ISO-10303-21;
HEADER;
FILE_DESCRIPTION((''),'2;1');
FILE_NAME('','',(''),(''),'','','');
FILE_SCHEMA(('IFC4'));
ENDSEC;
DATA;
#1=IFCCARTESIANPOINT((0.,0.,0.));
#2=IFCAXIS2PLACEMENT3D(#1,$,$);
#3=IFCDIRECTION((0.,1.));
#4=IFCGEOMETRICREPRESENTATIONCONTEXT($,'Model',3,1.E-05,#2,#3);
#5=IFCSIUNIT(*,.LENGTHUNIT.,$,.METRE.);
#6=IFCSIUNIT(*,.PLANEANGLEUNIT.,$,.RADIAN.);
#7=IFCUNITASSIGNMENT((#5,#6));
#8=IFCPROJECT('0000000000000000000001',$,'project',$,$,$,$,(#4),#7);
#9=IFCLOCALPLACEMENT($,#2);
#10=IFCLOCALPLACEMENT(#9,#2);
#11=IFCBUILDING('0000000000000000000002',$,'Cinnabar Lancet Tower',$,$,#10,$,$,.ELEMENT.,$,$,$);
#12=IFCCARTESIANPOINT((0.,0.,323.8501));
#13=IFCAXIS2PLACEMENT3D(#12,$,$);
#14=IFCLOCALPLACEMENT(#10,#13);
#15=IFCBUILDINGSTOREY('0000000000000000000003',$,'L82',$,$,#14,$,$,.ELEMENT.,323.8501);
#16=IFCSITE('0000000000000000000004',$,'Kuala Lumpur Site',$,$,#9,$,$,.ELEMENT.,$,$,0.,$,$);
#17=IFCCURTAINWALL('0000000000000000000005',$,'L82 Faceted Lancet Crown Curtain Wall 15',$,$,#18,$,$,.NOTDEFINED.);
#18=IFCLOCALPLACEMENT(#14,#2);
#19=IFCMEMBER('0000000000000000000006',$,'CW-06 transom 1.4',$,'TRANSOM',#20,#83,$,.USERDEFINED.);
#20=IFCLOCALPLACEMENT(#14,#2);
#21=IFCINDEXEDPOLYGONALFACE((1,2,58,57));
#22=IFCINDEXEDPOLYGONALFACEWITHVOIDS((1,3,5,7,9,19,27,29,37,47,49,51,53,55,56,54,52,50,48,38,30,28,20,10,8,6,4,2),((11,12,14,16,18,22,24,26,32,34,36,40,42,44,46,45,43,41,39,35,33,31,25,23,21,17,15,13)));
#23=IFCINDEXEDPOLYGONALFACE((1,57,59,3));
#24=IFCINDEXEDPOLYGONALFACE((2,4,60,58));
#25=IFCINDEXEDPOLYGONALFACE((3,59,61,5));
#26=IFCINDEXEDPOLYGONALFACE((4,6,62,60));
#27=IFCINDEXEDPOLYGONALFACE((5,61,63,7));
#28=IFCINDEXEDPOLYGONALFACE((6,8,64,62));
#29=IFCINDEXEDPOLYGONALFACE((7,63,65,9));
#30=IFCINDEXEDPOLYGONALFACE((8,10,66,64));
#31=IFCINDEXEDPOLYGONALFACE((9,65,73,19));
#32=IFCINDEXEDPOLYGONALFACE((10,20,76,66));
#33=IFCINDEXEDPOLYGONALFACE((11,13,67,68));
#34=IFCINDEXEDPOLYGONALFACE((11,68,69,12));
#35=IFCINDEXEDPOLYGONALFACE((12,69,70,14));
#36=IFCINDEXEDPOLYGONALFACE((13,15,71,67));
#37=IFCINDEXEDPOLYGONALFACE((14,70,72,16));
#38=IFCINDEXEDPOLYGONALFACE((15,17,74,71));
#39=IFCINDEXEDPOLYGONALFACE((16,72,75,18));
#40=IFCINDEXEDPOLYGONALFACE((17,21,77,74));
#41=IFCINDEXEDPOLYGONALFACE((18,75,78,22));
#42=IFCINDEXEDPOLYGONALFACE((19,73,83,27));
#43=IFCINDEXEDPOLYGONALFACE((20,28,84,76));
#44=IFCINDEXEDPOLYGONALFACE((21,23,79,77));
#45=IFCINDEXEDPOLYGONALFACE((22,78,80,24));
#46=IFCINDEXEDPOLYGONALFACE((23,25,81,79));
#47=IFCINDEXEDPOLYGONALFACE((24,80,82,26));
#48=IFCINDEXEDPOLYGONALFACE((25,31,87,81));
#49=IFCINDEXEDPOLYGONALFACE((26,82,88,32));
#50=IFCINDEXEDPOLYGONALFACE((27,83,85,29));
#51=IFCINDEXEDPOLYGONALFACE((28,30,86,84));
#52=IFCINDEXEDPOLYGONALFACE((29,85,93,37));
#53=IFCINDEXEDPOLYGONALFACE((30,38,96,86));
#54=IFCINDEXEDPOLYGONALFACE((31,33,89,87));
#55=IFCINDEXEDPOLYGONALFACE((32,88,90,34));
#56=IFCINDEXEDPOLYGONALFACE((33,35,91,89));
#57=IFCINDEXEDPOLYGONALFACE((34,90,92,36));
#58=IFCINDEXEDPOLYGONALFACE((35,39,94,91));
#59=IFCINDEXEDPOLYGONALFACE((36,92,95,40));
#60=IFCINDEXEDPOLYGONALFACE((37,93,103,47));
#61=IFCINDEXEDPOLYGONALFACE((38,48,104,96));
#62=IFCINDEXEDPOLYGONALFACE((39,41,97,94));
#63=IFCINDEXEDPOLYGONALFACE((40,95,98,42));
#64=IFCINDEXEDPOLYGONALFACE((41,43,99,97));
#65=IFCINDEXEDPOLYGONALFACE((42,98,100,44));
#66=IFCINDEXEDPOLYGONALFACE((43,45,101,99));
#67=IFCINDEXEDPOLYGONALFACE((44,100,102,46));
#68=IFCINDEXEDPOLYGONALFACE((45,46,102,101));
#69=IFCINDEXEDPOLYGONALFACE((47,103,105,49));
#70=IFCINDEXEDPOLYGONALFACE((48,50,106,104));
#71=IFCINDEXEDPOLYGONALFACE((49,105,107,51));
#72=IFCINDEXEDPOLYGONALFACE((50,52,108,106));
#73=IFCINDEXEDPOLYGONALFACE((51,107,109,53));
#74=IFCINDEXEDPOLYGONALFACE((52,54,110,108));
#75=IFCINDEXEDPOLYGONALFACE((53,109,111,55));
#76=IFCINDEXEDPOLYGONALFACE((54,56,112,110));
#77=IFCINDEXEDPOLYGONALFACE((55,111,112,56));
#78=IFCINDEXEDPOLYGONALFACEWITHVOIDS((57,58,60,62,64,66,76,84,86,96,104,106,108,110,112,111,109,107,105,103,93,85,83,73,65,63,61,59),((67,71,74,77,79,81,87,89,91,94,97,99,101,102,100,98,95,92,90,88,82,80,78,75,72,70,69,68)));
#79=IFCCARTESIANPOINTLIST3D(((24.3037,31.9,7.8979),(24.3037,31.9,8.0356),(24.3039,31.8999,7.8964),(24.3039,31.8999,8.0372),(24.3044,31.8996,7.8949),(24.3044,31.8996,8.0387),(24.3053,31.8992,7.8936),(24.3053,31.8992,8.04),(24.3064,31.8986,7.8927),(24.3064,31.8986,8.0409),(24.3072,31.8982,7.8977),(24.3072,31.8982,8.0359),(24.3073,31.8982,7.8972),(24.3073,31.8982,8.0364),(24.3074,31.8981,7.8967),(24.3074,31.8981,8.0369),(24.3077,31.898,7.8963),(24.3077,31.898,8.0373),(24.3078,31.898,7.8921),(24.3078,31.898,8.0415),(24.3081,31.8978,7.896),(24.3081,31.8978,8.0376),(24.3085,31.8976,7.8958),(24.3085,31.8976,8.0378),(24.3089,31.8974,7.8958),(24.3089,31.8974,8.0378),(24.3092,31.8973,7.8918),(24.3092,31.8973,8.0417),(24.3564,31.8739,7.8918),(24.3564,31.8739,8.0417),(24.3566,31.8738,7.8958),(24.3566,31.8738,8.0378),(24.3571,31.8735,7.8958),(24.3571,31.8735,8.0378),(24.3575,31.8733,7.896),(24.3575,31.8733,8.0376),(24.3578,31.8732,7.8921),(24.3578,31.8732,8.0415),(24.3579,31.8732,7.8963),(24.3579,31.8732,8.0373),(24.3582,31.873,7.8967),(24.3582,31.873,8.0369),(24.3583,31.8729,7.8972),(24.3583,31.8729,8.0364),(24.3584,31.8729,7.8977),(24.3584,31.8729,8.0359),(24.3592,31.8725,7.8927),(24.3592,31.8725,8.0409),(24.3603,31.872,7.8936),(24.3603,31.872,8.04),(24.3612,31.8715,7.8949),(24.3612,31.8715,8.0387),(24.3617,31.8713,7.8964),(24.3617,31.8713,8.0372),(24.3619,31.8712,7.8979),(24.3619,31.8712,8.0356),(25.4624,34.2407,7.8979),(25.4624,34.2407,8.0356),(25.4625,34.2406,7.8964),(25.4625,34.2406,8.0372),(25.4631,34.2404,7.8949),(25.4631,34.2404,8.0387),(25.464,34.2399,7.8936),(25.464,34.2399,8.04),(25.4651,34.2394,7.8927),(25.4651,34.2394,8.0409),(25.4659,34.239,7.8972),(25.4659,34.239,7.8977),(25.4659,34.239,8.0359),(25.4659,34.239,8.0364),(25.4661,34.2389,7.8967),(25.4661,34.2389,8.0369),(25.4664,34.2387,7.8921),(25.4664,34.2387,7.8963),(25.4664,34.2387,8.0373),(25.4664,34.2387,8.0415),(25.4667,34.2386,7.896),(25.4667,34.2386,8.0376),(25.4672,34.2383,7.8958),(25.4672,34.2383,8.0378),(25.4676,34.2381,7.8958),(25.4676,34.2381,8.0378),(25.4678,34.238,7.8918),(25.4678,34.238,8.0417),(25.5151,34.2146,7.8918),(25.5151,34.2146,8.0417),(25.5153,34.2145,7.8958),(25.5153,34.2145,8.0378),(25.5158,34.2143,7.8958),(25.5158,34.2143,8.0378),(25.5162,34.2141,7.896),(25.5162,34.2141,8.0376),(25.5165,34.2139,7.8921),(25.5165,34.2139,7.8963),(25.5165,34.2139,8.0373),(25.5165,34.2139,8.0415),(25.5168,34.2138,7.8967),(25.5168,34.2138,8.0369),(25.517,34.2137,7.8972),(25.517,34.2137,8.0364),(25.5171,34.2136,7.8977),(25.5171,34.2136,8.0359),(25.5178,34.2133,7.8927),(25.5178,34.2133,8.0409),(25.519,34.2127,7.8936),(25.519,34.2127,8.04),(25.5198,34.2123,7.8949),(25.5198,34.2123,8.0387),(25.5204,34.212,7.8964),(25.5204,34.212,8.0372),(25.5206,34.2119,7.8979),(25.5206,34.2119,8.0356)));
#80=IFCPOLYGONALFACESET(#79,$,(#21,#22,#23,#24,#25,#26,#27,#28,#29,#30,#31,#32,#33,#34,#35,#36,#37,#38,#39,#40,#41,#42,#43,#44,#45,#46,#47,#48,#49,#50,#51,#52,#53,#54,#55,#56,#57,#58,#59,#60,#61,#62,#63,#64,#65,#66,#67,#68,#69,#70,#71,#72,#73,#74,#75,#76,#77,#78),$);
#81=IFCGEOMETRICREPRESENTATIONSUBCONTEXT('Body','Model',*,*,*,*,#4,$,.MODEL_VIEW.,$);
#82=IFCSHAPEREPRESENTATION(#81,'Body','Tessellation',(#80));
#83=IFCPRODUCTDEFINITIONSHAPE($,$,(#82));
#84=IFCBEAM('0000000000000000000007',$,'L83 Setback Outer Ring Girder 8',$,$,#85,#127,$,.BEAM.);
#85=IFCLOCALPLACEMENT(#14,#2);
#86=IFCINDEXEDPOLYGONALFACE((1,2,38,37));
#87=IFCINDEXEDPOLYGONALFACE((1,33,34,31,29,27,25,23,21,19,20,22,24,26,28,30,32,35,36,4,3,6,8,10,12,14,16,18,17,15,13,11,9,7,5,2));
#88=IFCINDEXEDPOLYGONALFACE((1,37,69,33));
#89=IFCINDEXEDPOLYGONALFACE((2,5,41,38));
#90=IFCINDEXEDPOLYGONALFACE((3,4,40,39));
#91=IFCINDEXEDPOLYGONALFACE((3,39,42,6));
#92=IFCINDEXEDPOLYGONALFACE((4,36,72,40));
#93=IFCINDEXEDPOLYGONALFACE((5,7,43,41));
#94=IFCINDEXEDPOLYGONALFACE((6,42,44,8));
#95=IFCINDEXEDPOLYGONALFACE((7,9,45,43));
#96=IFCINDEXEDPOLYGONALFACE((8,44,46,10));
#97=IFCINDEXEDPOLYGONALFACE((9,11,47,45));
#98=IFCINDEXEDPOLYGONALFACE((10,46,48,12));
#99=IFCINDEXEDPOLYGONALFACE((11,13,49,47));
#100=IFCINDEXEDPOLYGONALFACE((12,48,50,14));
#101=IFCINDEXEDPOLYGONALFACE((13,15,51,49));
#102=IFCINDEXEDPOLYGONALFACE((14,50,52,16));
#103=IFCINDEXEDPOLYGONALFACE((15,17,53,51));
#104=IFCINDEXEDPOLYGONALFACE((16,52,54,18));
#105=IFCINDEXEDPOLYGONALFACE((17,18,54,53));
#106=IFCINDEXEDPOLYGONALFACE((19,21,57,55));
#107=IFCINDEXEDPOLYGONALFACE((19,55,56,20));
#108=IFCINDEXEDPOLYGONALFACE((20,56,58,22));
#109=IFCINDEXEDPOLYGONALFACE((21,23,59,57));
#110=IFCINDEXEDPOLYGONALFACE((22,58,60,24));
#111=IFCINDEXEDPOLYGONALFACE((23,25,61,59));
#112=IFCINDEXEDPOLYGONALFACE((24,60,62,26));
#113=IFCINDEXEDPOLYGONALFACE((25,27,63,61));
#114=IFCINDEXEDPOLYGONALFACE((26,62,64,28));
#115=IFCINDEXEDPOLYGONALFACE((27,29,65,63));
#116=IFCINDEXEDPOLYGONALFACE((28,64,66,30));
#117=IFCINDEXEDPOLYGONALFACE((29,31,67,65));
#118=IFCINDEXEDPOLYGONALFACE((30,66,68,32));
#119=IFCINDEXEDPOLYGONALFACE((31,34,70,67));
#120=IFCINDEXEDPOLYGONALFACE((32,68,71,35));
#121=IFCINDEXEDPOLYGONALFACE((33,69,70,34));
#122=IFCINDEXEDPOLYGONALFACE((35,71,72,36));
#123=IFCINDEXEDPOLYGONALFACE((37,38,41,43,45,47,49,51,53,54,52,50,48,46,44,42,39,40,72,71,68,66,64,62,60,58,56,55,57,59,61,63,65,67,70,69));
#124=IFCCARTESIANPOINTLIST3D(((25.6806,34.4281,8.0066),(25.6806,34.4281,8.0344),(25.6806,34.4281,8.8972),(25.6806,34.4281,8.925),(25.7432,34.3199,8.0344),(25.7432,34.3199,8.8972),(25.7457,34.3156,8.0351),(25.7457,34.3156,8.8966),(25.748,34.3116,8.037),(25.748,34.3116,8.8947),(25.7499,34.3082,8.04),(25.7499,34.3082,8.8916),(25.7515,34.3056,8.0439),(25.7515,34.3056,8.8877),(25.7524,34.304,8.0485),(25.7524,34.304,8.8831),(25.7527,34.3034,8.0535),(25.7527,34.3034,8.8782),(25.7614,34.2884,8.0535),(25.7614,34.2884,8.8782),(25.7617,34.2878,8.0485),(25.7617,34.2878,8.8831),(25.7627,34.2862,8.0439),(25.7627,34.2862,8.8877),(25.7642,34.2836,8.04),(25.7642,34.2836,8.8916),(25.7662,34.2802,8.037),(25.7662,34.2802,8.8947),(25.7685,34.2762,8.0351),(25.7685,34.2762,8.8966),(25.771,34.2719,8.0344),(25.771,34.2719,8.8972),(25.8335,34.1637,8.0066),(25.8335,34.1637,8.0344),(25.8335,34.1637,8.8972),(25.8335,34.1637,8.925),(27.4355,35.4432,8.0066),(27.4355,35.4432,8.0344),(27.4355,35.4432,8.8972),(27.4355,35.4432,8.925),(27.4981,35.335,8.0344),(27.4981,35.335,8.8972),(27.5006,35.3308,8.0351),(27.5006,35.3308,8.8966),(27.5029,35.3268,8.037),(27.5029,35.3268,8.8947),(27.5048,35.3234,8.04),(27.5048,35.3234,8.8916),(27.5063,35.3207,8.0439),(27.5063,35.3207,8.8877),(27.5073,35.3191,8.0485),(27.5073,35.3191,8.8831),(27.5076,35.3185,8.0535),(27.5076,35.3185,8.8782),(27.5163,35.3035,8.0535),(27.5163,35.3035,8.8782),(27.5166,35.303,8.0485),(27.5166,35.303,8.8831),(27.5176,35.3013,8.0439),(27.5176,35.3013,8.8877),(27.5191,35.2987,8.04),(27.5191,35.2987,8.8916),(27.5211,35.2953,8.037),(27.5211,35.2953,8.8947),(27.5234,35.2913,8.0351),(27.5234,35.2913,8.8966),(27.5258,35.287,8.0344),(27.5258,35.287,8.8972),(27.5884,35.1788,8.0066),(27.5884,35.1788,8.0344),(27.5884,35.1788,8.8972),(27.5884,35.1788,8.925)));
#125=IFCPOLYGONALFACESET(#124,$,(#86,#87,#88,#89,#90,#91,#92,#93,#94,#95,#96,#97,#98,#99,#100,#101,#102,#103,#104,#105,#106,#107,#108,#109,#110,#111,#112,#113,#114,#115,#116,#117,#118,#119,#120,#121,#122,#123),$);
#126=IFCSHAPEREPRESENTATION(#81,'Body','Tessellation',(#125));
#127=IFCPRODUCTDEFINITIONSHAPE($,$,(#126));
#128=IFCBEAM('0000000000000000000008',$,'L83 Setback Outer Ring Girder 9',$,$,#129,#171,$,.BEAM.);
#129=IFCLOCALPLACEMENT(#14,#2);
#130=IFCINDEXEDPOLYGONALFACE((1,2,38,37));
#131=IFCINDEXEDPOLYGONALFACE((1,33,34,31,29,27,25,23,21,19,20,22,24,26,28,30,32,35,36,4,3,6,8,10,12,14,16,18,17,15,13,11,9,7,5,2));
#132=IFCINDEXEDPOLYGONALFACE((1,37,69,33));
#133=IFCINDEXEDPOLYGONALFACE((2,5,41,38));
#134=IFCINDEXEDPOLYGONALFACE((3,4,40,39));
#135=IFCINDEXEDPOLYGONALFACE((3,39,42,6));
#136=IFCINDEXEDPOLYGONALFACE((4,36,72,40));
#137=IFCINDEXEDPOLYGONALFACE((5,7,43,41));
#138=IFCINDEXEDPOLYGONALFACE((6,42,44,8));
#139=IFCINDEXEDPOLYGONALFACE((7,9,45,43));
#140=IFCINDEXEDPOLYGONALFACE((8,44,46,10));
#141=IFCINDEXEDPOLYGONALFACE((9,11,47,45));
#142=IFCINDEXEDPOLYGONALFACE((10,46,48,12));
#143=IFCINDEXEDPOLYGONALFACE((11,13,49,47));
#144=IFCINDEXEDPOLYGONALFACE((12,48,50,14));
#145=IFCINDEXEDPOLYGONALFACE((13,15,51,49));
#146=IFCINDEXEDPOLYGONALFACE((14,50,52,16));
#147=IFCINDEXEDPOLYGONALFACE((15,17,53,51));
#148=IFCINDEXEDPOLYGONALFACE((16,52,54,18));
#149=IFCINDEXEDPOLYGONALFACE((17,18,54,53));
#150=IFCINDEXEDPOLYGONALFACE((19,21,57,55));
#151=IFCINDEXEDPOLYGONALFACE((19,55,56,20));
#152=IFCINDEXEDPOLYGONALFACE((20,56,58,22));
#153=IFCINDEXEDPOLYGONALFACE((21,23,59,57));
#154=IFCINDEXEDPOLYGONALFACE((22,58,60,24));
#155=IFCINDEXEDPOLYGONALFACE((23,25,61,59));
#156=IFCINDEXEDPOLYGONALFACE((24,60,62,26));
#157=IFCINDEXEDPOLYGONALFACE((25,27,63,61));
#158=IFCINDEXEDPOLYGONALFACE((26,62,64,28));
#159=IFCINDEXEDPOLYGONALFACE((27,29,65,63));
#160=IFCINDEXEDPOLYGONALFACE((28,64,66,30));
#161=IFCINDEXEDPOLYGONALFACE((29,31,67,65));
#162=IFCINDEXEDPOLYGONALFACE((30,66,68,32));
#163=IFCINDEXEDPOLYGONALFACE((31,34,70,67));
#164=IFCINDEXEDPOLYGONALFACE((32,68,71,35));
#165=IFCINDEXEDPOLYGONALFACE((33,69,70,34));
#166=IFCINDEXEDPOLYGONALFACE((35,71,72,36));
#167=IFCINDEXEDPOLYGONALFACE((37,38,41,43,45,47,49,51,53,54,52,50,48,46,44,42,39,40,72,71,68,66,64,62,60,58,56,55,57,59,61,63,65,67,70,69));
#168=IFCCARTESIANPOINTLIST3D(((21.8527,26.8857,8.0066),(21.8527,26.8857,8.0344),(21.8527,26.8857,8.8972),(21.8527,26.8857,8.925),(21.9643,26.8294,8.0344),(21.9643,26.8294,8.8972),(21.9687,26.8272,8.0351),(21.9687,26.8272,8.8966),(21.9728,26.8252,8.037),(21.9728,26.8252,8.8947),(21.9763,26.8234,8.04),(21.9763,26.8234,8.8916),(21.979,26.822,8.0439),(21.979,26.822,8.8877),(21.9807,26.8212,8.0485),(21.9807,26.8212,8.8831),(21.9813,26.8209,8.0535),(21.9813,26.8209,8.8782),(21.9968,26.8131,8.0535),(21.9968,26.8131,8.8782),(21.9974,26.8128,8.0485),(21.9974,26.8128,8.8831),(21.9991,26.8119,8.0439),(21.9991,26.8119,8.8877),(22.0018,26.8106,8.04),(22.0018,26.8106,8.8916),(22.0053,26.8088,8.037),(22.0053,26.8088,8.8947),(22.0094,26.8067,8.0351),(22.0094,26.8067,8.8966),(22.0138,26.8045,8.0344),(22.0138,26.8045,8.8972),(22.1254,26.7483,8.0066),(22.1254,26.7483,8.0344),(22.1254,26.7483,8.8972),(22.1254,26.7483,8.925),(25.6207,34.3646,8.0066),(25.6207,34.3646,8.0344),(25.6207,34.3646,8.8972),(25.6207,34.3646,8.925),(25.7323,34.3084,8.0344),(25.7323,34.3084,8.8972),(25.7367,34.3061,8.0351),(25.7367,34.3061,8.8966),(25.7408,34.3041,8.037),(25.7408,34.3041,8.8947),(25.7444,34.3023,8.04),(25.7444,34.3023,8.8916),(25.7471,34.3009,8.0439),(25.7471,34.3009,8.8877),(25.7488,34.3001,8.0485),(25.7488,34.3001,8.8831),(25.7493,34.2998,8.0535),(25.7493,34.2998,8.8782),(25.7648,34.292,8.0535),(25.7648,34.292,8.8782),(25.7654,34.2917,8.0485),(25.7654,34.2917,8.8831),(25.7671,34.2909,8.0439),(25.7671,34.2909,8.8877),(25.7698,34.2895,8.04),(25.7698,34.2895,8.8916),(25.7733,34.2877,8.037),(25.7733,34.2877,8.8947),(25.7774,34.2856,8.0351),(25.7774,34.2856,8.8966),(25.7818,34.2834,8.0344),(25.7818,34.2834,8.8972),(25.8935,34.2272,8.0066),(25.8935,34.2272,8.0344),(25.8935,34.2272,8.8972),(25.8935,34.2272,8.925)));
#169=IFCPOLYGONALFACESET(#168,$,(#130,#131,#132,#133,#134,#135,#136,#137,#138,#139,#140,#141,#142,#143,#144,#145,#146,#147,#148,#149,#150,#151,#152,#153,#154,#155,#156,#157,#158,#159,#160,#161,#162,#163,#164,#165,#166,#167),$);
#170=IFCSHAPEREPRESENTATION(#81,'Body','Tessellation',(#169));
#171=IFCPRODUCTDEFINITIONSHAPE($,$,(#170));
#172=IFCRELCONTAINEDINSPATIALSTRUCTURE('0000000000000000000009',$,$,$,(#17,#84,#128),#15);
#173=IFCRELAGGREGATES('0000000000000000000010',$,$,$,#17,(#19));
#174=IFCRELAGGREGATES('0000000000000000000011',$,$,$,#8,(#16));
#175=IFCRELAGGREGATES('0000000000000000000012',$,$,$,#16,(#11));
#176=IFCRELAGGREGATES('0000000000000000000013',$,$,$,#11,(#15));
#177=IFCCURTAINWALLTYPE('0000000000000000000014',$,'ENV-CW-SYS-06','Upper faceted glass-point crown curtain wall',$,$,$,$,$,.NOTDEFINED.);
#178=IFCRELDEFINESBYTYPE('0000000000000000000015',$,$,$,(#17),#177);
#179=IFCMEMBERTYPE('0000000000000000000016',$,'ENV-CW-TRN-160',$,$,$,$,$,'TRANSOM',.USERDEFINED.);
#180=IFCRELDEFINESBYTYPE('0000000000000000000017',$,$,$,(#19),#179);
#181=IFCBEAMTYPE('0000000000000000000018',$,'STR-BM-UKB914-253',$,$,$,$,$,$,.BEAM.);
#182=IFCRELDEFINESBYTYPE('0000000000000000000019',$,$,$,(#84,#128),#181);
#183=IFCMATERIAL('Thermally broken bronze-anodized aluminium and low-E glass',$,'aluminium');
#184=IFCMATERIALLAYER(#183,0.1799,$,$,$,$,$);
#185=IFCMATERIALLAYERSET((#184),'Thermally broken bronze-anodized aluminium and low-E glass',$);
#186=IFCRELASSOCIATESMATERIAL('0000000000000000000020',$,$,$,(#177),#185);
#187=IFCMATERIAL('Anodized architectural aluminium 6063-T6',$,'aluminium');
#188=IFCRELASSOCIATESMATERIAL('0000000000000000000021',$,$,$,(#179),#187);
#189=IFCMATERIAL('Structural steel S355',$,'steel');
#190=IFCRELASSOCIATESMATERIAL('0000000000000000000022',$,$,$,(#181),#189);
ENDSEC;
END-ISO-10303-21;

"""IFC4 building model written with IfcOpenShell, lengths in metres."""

from ifc_helpers import new_model, si_unit, direction, frame, origin, origin_2d, place, context, subcontext, project, spatial, hollow_rectangle, i_section, extrude, material, layer, layer_set, material_profile, profile_set, type_object, element, aggregate, save


model = new_model("IFC4")

# Units and contexts
model_context = context("Model", 3, precision=1e-05, world=origin(), true_north=direction((0.0, 1.0)))
body_context = subcontext(model_context, "Body", "Model", "MODEL_VIEW")
ifc_project = project(units=[si_unit("LENGTHUNIT", "METRE"), si_unit("PLANEANGLEUNIT", "RADIAN")], contexts=[model_context])

# Site, building, storey
site_placement = place(None, origin())
site = spatial("IfcSite", under=ifc_project, at=site_placement, Name="Kuala Lumpur Site", CompositionType="ELEMENT", RefElevation=0.0)
building_placement = place(site_placement, origin())
building = spatial("IfcBuilding", under=site, at=building_placement, Name="Cinnabar Lancet Tower", CompositionType="ELEMENT")
storey_placement = place(building_placement, frame((0.0, 0.0, 323.8501)))
storey = spatial("IfcBuildingStorey", under=building, at=storey_placement, Name="L82", CompositionType="ELEMENT", Elevation=323.8501)

# Shared definitions
ifc_material_1 = material(Name="Thermally broken bronze-anodized aluminium and low-E glass", Category="aluminium")
ifc_layer_1 = layer(ifc_material_1, 0.1799)
ifc_layer_set_1 = layer_set([ifc_layer_1], Name="Thermally broken bronze-anodized aluminium and low-E glass")
curtain_wall_type = type_object("IfcCurtainWallType", Name="ENV-CW-SYS-06", Description="Upper faceted glass-point crown curtain wall", PredefinedType="NOTDEFINED", material=ifc_layer_set_1)

# Curtain wall
curtain_wall_1_placement = place(storey_placement, origin())
curtain_wall_1 = element("IfcCurtainWall", 1, at=curtain_wall_1_placement, inside=storey, type_object=curtain_wall_type, Name="L82 Faceted Lancet Crown Curtain Wall 15", PredefinedType="NOTDEFINED")

# Member
ifc_material_2 = material(Name="Anodized architectural aluminium 6063-T6", Category="aluminium")
ifc_material_profile_1 = material_profile(ifc_material_2, hollow_rectangle(XDim=0.0649, YDim=0.1499, WallThickness=0.0039, InnerFilletRadius=0.002, OuterFilletRadius=0.0061, at=origin_2d()), Name="CW-TRN 150x65x4")
ifc_profile_set_1 = profile_set([ifc_material_profile_1], Name="Anodized architectural aluminium 6063-T6")
member_type_1 = type_object("IfcMemberType", Name="ENV-CW-TRN-160", ElementType="TRANSOM", PredefinedType="USERDEFINED", material=ifc_profile_set_1)
member_1_placement = place(storey_placement, frame((25.4915, 34.2263, 7.9668), z_axis=(-0.443621, -0.896215, 0.0), x_axis=(0.896215, -0.443621, 0.0)))
member_1 = element("IfcMember", 2, at=member_1_placement, type_object=member_type_1, Name="CW-06 transom 1.4", ObjectType="TRANSOM", PredefinedType="USERDEFINED", context=body_context, shape_type="SweptSolid", body=[
    extrude(hollow_rectangle(XDim=0.0649, YDim=0.1499, WallThickness=0.0039, InnerFilletRadius=0.002, OuterFilletRadius=0.0061, at=origin_2d()), origin(), (0.0, 0.0, 1.0), 2.6118),
])
aggregate(curtain_wall_1, [member_1])

# Beams
ifc_material_3 = material(Name="Structural steel S355", Category="steel")
ifc_material_profile_2 = material_profile(ifc_material_3, i_section(OverallWidth=0.3054, OverallDepth=0.9185, WebThickness=0.0173, FlangeThickness=0.0278, FilletRadius=0.019, at=origin_2d()), Name="UKB 914x305x253")
ifc_profile_set_2 = profile_set([ifc_material_profile_2], Name="Structural steel S355")
beam_type = type_object("IfcBeamType", Name="STR-BM-UKB914-253", PredefinedType="BEAM", material=ifc_profile_set_2)
beam_1_placement = place(storey_placement, frame((27.512, 35.311, 8.4658), z_axis=(-0.865608, -0.500723, 0.0), x_axis=(0.500723, -0.865608, 0.0)))
element("IfcBeam", 3, at=beam_1_placement, inside=storey, type_object=beam_type, Name="L83 Setback Outer Ring Girder 8", PredefinedType="BEAM", context=body_context, shape_type="SweptSolid", body=[
    extrude(i_section(OverallWidth=0.3054, OverallDepth=0.9185, WebThickness=0.0173, FlangeThickness=0.0278, FilletRadius=0.019, at=origin_2d()), origin(), (0.0, 0.0, 1.0), 2.0273),
])
beam_2_placement = place(storey_placement, frame((25.7571, 34.2959, 8.4658), z_axis=(-0.44994, -0.893059, 0.0), x_axis=(0.893059, -0.44994, 0.0)))
element("IfcBeam", 4, at=beam_2_placement, inside=storey, type_object=beam_type, Name="L83 Setback Outer Ring Girder 9", PredefinedType="BEAM", context=body_context, shape_type="SweptSolid", body=[
    extrude(i_section(OverallWidth=0.3054, OverallDepth=0.9185, WebThickness=0.0173, FlangeThickness=0.0278, FilletRadius=0.019, at=origin_2d()), origin(), (0.0, 0.0, 1.0), 8.3745),
])

save(model, "model.ifc")
